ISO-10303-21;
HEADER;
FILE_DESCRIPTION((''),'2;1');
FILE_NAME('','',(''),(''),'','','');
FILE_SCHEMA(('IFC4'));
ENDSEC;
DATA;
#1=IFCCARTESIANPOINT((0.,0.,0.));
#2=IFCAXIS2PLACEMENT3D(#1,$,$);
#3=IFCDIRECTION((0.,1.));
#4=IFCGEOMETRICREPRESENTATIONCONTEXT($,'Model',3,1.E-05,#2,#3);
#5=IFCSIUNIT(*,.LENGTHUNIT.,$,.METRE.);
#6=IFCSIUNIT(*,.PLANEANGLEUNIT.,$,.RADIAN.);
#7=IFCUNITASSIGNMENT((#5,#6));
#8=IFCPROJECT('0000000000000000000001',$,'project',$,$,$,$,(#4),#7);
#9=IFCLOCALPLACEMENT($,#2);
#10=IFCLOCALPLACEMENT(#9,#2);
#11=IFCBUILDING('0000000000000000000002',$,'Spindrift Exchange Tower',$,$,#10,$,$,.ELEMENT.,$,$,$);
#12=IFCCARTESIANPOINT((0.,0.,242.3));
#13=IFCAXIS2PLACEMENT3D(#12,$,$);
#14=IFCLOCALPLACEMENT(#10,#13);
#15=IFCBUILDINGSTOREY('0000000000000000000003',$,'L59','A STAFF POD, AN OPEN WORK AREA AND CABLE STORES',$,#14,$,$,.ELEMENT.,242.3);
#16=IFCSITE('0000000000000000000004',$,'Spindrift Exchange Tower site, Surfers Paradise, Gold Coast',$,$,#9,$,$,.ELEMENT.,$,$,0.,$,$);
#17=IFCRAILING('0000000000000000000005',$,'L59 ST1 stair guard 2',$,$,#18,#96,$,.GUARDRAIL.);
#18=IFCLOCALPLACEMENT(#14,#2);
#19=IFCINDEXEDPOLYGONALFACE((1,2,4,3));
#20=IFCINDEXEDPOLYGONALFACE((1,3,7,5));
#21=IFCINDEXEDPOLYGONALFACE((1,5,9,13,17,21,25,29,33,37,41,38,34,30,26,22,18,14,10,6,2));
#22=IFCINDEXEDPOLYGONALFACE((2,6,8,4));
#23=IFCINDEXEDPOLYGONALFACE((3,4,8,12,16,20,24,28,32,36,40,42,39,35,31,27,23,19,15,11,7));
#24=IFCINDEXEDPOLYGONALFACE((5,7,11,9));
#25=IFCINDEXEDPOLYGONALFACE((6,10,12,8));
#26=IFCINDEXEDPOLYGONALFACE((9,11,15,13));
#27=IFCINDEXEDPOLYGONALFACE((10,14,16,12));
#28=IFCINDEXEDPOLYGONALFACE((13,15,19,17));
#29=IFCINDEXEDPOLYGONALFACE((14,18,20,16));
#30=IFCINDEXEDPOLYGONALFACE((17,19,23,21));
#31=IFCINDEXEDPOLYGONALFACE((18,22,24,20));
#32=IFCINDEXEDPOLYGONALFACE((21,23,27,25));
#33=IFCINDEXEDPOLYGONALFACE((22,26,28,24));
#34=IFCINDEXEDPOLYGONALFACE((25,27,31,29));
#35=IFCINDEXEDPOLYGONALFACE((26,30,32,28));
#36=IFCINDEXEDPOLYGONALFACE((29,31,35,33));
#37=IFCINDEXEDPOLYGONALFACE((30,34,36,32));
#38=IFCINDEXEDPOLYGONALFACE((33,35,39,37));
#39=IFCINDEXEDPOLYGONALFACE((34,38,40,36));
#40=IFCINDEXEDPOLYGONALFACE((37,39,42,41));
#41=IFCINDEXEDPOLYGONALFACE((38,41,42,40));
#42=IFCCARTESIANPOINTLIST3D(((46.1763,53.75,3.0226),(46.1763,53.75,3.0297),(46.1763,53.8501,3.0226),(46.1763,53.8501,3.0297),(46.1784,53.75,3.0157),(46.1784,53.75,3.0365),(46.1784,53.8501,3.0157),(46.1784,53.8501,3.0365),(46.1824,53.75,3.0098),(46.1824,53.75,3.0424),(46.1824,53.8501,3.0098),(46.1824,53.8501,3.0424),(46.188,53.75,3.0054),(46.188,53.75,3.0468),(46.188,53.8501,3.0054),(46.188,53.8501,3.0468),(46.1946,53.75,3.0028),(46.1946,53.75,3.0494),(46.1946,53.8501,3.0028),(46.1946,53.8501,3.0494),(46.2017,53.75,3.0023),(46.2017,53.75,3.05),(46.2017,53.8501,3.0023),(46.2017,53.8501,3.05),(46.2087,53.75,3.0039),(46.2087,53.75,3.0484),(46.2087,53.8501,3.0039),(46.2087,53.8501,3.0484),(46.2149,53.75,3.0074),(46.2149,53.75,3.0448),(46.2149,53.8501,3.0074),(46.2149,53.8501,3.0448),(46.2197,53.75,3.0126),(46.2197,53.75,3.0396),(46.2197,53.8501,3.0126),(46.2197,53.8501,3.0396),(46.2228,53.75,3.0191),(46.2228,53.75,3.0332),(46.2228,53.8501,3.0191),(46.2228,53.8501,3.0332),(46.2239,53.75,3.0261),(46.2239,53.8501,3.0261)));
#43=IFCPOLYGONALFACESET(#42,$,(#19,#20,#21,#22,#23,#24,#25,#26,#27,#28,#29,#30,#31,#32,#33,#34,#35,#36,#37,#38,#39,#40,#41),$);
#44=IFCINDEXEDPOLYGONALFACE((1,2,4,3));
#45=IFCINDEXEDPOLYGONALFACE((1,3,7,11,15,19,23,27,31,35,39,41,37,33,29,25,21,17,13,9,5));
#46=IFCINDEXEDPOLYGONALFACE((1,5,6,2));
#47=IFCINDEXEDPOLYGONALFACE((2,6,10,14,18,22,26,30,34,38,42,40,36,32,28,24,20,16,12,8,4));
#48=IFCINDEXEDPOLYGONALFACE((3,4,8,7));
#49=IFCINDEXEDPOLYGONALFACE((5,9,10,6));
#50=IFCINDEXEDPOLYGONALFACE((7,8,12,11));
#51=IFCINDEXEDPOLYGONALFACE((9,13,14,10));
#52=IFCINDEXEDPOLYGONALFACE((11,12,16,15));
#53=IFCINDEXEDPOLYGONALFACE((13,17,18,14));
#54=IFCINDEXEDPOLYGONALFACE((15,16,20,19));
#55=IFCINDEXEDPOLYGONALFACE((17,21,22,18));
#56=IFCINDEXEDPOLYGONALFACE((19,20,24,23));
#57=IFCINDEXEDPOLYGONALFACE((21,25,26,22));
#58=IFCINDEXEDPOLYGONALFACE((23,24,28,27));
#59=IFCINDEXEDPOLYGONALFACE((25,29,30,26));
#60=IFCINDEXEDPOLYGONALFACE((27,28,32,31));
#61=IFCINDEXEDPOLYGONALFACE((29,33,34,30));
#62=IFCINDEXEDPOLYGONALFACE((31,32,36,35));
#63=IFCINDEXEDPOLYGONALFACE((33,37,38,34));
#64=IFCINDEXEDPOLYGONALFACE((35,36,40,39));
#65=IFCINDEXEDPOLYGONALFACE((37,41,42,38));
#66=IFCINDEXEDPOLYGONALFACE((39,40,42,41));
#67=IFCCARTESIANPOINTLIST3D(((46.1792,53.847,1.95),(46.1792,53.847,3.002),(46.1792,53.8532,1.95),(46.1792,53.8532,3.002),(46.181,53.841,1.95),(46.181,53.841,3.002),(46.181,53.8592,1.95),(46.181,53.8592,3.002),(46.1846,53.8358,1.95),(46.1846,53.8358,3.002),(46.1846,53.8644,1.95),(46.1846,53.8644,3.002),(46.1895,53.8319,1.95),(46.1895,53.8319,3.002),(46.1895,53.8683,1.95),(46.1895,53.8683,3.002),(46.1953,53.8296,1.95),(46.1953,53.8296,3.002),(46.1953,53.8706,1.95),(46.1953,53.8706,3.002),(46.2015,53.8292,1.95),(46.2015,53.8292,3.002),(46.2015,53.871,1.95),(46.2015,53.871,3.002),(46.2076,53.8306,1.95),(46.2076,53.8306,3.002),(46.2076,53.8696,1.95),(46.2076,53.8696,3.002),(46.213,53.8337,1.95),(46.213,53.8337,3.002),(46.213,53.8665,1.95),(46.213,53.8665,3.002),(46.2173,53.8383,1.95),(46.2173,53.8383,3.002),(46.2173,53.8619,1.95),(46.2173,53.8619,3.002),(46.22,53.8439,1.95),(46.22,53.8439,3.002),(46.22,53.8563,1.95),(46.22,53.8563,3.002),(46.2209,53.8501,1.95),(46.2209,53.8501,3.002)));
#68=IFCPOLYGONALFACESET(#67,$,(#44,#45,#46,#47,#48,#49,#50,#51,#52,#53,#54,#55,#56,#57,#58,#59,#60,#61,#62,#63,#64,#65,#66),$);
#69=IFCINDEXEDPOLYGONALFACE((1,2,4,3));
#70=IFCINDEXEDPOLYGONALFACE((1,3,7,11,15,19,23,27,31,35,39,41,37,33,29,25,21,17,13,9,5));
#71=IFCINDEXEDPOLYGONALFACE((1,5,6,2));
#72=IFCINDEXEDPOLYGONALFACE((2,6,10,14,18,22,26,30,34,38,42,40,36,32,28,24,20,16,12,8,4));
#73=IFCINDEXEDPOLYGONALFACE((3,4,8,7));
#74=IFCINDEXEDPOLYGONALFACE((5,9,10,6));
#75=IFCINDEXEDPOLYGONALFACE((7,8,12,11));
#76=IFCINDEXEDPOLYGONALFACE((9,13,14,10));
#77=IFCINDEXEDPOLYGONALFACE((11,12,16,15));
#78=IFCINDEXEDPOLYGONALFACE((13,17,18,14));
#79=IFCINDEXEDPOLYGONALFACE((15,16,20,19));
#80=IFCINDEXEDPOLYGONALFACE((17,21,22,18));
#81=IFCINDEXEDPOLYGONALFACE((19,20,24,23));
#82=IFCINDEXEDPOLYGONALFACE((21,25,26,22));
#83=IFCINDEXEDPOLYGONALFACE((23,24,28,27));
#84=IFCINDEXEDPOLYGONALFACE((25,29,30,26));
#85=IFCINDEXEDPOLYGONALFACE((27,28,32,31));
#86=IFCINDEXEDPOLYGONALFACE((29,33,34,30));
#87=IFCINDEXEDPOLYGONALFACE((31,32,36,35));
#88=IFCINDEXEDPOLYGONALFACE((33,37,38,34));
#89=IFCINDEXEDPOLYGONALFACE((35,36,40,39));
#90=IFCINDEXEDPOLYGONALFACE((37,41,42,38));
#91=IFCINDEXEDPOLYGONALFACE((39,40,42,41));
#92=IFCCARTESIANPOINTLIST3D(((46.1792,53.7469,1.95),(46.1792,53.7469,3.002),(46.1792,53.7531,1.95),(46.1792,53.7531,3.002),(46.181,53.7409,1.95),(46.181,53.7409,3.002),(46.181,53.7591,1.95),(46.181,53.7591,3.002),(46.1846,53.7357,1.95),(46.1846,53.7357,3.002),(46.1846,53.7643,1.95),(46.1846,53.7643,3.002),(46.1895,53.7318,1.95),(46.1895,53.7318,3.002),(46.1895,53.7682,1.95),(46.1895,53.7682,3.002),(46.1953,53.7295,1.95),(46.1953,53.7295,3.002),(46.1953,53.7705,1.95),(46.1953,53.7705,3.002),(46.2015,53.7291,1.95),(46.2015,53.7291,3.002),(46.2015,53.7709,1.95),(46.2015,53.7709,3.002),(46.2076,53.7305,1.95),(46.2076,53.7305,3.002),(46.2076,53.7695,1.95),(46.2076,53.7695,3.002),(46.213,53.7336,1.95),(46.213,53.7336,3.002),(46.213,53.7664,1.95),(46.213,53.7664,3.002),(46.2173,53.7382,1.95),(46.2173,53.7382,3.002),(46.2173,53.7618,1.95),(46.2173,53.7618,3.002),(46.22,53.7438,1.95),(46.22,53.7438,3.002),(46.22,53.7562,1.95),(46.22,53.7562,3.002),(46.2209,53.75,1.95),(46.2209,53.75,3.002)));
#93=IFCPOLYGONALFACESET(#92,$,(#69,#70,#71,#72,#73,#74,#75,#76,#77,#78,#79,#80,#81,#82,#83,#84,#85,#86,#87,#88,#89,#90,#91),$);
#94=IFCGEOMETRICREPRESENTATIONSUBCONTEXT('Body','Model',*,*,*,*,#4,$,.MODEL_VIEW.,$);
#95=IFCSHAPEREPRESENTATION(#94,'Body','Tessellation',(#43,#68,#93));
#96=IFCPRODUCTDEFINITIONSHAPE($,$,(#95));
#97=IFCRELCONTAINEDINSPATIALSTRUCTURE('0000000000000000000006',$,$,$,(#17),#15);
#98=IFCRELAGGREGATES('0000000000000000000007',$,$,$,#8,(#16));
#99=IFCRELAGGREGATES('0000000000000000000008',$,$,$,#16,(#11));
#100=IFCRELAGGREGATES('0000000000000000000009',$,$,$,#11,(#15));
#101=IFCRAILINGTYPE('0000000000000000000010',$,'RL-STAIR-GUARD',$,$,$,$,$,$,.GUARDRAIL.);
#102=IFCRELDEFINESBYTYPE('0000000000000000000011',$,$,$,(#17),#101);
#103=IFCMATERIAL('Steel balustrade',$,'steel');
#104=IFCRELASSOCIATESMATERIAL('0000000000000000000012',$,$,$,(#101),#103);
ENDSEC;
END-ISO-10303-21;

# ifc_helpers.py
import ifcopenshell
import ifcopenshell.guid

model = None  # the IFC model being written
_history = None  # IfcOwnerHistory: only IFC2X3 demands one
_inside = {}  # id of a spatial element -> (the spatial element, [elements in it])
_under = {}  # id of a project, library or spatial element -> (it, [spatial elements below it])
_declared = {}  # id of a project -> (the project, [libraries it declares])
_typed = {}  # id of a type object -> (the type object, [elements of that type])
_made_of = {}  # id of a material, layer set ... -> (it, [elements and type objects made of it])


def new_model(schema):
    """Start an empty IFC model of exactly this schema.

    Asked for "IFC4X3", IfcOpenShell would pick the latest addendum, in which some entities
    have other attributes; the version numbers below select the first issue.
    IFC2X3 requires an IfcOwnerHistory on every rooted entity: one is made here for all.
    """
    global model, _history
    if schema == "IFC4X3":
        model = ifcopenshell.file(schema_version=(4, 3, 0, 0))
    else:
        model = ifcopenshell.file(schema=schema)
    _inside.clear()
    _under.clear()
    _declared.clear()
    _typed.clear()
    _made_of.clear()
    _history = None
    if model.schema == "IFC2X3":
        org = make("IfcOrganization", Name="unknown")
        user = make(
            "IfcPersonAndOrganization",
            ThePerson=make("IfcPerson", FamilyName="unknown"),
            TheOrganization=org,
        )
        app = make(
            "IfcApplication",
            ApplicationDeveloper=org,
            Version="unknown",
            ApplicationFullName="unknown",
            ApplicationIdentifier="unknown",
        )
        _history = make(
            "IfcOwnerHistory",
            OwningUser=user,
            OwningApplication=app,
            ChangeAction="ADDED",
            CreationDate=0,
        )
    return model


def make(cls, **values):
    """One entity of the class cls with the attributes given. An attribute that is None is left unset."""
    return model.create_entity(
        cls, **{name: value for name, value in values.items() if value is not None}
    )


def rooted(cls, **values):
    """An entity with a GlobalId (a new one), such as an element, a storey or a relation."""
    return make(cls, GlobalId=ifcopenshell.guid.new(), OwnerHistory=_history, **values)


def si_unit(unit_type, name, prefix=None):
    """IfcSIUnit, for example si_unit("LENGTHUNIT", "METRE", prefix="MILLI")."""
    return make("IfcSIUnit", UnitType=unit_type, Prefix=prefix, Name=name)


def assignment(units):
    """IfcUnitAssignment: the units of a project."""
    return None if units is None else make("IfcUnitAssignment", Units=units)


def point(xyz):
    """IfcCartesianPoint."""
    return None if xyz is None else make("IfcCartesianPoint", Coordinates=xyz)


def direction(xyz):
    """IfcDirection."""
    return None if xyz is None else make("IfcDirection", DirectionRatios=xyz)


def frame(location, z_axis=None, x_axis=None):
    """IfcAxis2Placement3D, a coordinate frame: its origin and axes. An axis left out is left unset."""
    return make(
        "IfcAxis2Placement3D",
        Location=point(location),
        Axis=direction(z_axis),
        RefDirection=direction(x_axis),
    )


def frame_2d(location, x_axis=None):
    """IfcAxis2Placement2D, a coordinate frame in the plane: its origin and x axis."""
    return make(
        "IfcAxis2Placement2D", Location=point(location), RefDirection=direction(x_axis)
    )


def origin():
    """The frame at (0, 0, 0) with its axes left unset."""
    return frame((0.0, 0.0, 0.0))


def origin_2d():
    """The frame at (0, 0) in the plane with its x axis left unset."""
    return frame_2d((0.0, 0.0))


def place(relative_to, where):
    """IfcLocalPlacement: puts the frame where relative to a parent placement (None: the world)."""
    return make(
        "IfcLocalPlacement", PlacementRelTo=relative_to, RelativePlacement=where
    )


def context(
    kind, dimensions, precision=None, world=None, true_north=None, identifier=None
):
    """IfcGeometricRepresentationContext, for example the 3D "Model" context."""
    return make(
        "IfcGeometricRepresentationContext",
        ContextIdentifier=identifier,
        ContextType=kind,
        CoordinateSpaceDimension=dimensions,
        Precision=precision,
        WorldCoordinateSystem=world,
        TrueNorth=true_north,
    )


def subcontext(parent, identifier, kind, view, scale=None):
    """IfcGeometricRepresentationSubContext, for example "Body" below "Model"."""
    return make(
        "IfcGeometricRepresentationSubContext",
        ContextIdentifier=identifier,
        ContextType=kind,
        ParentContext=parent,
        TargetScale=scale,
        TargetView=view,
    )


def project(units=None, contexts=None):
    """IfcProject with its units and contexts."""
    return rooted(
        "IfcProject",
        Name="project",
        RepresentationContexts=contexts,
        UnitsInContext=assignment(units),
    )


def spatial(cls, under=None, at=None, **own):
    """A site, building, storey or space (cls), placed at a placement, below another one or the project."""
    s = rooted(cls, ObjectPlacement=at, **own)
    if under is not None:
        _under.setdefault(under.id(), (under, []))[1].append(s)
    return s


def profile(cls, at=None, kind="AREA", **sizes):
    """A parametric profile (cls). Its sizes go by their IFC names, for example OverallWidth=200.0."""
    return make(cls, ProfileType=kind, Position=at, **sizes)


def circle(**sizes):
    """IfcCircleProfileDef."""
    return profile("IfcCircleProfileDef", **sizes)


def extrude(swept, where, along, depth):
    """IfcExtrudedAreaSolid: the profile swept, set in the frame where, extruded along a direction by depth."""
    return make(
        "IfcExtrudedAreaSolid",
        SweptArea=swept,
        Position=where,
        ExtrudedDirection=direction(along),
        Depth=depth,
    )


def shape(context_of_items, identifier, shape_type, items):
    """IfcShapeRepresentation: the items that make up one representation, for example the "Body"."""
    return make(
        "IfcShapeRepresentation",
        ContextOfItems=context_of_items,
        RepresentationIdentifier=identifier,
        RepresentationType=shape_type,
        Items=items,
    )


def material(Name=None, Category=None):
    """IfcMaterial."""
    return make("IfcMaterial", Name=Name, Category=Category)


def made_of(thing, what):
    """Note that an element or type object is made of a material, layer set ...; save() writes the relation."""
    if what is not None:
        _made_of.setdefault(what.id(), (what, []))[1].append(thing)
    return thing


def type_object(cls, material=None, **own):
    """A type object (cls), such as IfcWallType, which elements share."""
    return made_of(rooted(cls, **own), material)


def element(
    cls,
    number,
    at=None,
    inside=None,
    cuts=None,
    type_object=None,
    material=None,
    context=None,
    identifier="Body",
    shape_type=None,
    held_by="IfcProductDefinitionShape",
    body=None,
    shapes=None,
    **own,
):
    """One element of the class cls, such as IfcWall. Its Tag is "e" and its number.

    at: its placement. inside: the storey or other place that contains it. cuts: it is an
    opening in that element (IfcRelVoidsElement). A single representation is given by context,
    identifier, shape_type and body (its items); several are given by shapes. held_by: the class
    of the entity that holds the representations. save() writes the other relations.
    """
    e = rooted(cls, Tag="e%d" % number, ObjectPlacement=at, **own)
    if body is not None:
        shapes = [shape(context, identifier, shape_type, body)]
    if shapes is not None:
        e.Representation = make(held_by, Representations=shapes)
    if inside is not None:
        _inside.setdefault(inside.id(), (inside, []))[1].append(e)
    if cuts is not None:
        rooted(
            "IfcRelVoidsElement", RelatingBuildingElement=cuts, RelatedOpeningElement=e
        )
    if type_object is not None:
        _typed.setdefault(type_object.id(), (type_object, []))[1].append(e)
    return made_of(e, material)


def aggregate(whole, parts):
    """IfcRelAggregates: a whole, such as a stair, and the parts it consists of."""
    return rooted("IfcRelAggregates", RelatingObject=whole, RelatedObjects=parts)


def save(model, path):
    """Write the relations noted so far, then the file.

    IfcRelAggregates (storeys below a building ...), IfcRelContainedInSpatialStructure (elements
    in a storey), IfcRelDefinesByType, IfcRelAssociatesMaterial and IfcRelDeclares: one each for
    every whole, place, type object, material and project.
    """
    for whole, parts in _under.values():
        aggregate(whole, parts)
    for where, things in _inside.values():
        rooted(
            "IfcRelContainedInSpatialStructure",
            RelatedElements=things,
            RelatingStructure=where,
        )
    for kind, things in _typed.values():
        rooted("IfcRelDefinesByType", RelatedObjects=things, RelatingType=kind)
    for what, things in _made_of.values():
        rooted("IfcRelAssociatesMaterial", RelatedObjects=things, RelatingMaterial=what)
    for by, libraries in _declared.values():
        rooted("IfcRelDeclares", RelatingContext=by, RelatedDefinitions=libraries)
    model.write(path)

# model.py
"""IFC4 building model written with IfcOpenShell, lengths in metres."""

from ifc_helpers import new_model, si_unit, direction, frame, origin, origin_2d, place, context, subcontext, project, spatial, circle, extrude, material, type_object, element, save


model = new_model("IFC4")

# Units and contexts
model_context = context("Model", 3, precision=1e-05, world=origin(), true_north=direction((0.0, 1.0)))
body_context = subcontext(model_context, "Body", "Model", "MODEL_VIEW")
ifc_project = project(units=[si_unit("LENGTHUNIT", "METRE"), si_unit("PLANEANGLEUNIT", "RADIAN")], contexts=[model_context])

# Site, building, storey
site_placement = place(None, origin())
site = spatial("IfcSite", under=ifc_project, at=site_placement, Name="Spindrift Exchange Tower site, Surfers Paradise, Gold Coast", CompositionType="ELEMENT", RefElevation=0.0)
building_placement = place(site_placement, origin())
building = spatial("IfcBuilding", under=site, at=building_placement, Name="Spindrift Exchange Tower", CompositionType="ELEMENT")
storey_placement = place(building_placement, frame((0.0, 0.0, 242.3)))
storey = spatial("IfcBuildingStorey", under=building, at=storey_placement, Name="L59", Description="A STAFF POD, AN OPEN WORK AREA AND CABLE STORES", CompositionType="ELEMENT", Elevation=242.3)

# Railing
ifc_material_1 = material(Name="Steel balustrade", Category="steel")
railing_type_1 = type_object("IfcRailingType", Name="RL-STAIR-GUARD", PredefinedType="GUARDRAIL", material=ifc_material_1)
railing_1_placement = place(storey_placement, frame((46.2, 53.8501, 1.95)))
element("IfcRailing", 1, at=railing_1_placement, inside=storey, type_object=railing_type_1, Name="L59 ST1 stair guard 2", PredefinedType="GUARDRAIL", context=body_context, shape_type="SweptSolid", body=[
    extrude(circle(Radius=0.0239, at=origin_2d()), frame((0.0, 0.0, 1.0762), z_axis=(0.0, -1.0, 0.0), x_axis=(1.0, 0.0, 0.0)), (0.0, 0.0, 1.0), 0.1001),
    extrude(circle(Radius=0.021, at=origin_2d()), origin(), (0.0, 0.0, 1.0), 1.052),
    extrude(circle(Radius=0.021, at=origin_2d()), frame((0.0, -0.1001, 0.0)), (0.0, 0.0, 1.0), 1.052),
])

save(model, "model.ifc")
